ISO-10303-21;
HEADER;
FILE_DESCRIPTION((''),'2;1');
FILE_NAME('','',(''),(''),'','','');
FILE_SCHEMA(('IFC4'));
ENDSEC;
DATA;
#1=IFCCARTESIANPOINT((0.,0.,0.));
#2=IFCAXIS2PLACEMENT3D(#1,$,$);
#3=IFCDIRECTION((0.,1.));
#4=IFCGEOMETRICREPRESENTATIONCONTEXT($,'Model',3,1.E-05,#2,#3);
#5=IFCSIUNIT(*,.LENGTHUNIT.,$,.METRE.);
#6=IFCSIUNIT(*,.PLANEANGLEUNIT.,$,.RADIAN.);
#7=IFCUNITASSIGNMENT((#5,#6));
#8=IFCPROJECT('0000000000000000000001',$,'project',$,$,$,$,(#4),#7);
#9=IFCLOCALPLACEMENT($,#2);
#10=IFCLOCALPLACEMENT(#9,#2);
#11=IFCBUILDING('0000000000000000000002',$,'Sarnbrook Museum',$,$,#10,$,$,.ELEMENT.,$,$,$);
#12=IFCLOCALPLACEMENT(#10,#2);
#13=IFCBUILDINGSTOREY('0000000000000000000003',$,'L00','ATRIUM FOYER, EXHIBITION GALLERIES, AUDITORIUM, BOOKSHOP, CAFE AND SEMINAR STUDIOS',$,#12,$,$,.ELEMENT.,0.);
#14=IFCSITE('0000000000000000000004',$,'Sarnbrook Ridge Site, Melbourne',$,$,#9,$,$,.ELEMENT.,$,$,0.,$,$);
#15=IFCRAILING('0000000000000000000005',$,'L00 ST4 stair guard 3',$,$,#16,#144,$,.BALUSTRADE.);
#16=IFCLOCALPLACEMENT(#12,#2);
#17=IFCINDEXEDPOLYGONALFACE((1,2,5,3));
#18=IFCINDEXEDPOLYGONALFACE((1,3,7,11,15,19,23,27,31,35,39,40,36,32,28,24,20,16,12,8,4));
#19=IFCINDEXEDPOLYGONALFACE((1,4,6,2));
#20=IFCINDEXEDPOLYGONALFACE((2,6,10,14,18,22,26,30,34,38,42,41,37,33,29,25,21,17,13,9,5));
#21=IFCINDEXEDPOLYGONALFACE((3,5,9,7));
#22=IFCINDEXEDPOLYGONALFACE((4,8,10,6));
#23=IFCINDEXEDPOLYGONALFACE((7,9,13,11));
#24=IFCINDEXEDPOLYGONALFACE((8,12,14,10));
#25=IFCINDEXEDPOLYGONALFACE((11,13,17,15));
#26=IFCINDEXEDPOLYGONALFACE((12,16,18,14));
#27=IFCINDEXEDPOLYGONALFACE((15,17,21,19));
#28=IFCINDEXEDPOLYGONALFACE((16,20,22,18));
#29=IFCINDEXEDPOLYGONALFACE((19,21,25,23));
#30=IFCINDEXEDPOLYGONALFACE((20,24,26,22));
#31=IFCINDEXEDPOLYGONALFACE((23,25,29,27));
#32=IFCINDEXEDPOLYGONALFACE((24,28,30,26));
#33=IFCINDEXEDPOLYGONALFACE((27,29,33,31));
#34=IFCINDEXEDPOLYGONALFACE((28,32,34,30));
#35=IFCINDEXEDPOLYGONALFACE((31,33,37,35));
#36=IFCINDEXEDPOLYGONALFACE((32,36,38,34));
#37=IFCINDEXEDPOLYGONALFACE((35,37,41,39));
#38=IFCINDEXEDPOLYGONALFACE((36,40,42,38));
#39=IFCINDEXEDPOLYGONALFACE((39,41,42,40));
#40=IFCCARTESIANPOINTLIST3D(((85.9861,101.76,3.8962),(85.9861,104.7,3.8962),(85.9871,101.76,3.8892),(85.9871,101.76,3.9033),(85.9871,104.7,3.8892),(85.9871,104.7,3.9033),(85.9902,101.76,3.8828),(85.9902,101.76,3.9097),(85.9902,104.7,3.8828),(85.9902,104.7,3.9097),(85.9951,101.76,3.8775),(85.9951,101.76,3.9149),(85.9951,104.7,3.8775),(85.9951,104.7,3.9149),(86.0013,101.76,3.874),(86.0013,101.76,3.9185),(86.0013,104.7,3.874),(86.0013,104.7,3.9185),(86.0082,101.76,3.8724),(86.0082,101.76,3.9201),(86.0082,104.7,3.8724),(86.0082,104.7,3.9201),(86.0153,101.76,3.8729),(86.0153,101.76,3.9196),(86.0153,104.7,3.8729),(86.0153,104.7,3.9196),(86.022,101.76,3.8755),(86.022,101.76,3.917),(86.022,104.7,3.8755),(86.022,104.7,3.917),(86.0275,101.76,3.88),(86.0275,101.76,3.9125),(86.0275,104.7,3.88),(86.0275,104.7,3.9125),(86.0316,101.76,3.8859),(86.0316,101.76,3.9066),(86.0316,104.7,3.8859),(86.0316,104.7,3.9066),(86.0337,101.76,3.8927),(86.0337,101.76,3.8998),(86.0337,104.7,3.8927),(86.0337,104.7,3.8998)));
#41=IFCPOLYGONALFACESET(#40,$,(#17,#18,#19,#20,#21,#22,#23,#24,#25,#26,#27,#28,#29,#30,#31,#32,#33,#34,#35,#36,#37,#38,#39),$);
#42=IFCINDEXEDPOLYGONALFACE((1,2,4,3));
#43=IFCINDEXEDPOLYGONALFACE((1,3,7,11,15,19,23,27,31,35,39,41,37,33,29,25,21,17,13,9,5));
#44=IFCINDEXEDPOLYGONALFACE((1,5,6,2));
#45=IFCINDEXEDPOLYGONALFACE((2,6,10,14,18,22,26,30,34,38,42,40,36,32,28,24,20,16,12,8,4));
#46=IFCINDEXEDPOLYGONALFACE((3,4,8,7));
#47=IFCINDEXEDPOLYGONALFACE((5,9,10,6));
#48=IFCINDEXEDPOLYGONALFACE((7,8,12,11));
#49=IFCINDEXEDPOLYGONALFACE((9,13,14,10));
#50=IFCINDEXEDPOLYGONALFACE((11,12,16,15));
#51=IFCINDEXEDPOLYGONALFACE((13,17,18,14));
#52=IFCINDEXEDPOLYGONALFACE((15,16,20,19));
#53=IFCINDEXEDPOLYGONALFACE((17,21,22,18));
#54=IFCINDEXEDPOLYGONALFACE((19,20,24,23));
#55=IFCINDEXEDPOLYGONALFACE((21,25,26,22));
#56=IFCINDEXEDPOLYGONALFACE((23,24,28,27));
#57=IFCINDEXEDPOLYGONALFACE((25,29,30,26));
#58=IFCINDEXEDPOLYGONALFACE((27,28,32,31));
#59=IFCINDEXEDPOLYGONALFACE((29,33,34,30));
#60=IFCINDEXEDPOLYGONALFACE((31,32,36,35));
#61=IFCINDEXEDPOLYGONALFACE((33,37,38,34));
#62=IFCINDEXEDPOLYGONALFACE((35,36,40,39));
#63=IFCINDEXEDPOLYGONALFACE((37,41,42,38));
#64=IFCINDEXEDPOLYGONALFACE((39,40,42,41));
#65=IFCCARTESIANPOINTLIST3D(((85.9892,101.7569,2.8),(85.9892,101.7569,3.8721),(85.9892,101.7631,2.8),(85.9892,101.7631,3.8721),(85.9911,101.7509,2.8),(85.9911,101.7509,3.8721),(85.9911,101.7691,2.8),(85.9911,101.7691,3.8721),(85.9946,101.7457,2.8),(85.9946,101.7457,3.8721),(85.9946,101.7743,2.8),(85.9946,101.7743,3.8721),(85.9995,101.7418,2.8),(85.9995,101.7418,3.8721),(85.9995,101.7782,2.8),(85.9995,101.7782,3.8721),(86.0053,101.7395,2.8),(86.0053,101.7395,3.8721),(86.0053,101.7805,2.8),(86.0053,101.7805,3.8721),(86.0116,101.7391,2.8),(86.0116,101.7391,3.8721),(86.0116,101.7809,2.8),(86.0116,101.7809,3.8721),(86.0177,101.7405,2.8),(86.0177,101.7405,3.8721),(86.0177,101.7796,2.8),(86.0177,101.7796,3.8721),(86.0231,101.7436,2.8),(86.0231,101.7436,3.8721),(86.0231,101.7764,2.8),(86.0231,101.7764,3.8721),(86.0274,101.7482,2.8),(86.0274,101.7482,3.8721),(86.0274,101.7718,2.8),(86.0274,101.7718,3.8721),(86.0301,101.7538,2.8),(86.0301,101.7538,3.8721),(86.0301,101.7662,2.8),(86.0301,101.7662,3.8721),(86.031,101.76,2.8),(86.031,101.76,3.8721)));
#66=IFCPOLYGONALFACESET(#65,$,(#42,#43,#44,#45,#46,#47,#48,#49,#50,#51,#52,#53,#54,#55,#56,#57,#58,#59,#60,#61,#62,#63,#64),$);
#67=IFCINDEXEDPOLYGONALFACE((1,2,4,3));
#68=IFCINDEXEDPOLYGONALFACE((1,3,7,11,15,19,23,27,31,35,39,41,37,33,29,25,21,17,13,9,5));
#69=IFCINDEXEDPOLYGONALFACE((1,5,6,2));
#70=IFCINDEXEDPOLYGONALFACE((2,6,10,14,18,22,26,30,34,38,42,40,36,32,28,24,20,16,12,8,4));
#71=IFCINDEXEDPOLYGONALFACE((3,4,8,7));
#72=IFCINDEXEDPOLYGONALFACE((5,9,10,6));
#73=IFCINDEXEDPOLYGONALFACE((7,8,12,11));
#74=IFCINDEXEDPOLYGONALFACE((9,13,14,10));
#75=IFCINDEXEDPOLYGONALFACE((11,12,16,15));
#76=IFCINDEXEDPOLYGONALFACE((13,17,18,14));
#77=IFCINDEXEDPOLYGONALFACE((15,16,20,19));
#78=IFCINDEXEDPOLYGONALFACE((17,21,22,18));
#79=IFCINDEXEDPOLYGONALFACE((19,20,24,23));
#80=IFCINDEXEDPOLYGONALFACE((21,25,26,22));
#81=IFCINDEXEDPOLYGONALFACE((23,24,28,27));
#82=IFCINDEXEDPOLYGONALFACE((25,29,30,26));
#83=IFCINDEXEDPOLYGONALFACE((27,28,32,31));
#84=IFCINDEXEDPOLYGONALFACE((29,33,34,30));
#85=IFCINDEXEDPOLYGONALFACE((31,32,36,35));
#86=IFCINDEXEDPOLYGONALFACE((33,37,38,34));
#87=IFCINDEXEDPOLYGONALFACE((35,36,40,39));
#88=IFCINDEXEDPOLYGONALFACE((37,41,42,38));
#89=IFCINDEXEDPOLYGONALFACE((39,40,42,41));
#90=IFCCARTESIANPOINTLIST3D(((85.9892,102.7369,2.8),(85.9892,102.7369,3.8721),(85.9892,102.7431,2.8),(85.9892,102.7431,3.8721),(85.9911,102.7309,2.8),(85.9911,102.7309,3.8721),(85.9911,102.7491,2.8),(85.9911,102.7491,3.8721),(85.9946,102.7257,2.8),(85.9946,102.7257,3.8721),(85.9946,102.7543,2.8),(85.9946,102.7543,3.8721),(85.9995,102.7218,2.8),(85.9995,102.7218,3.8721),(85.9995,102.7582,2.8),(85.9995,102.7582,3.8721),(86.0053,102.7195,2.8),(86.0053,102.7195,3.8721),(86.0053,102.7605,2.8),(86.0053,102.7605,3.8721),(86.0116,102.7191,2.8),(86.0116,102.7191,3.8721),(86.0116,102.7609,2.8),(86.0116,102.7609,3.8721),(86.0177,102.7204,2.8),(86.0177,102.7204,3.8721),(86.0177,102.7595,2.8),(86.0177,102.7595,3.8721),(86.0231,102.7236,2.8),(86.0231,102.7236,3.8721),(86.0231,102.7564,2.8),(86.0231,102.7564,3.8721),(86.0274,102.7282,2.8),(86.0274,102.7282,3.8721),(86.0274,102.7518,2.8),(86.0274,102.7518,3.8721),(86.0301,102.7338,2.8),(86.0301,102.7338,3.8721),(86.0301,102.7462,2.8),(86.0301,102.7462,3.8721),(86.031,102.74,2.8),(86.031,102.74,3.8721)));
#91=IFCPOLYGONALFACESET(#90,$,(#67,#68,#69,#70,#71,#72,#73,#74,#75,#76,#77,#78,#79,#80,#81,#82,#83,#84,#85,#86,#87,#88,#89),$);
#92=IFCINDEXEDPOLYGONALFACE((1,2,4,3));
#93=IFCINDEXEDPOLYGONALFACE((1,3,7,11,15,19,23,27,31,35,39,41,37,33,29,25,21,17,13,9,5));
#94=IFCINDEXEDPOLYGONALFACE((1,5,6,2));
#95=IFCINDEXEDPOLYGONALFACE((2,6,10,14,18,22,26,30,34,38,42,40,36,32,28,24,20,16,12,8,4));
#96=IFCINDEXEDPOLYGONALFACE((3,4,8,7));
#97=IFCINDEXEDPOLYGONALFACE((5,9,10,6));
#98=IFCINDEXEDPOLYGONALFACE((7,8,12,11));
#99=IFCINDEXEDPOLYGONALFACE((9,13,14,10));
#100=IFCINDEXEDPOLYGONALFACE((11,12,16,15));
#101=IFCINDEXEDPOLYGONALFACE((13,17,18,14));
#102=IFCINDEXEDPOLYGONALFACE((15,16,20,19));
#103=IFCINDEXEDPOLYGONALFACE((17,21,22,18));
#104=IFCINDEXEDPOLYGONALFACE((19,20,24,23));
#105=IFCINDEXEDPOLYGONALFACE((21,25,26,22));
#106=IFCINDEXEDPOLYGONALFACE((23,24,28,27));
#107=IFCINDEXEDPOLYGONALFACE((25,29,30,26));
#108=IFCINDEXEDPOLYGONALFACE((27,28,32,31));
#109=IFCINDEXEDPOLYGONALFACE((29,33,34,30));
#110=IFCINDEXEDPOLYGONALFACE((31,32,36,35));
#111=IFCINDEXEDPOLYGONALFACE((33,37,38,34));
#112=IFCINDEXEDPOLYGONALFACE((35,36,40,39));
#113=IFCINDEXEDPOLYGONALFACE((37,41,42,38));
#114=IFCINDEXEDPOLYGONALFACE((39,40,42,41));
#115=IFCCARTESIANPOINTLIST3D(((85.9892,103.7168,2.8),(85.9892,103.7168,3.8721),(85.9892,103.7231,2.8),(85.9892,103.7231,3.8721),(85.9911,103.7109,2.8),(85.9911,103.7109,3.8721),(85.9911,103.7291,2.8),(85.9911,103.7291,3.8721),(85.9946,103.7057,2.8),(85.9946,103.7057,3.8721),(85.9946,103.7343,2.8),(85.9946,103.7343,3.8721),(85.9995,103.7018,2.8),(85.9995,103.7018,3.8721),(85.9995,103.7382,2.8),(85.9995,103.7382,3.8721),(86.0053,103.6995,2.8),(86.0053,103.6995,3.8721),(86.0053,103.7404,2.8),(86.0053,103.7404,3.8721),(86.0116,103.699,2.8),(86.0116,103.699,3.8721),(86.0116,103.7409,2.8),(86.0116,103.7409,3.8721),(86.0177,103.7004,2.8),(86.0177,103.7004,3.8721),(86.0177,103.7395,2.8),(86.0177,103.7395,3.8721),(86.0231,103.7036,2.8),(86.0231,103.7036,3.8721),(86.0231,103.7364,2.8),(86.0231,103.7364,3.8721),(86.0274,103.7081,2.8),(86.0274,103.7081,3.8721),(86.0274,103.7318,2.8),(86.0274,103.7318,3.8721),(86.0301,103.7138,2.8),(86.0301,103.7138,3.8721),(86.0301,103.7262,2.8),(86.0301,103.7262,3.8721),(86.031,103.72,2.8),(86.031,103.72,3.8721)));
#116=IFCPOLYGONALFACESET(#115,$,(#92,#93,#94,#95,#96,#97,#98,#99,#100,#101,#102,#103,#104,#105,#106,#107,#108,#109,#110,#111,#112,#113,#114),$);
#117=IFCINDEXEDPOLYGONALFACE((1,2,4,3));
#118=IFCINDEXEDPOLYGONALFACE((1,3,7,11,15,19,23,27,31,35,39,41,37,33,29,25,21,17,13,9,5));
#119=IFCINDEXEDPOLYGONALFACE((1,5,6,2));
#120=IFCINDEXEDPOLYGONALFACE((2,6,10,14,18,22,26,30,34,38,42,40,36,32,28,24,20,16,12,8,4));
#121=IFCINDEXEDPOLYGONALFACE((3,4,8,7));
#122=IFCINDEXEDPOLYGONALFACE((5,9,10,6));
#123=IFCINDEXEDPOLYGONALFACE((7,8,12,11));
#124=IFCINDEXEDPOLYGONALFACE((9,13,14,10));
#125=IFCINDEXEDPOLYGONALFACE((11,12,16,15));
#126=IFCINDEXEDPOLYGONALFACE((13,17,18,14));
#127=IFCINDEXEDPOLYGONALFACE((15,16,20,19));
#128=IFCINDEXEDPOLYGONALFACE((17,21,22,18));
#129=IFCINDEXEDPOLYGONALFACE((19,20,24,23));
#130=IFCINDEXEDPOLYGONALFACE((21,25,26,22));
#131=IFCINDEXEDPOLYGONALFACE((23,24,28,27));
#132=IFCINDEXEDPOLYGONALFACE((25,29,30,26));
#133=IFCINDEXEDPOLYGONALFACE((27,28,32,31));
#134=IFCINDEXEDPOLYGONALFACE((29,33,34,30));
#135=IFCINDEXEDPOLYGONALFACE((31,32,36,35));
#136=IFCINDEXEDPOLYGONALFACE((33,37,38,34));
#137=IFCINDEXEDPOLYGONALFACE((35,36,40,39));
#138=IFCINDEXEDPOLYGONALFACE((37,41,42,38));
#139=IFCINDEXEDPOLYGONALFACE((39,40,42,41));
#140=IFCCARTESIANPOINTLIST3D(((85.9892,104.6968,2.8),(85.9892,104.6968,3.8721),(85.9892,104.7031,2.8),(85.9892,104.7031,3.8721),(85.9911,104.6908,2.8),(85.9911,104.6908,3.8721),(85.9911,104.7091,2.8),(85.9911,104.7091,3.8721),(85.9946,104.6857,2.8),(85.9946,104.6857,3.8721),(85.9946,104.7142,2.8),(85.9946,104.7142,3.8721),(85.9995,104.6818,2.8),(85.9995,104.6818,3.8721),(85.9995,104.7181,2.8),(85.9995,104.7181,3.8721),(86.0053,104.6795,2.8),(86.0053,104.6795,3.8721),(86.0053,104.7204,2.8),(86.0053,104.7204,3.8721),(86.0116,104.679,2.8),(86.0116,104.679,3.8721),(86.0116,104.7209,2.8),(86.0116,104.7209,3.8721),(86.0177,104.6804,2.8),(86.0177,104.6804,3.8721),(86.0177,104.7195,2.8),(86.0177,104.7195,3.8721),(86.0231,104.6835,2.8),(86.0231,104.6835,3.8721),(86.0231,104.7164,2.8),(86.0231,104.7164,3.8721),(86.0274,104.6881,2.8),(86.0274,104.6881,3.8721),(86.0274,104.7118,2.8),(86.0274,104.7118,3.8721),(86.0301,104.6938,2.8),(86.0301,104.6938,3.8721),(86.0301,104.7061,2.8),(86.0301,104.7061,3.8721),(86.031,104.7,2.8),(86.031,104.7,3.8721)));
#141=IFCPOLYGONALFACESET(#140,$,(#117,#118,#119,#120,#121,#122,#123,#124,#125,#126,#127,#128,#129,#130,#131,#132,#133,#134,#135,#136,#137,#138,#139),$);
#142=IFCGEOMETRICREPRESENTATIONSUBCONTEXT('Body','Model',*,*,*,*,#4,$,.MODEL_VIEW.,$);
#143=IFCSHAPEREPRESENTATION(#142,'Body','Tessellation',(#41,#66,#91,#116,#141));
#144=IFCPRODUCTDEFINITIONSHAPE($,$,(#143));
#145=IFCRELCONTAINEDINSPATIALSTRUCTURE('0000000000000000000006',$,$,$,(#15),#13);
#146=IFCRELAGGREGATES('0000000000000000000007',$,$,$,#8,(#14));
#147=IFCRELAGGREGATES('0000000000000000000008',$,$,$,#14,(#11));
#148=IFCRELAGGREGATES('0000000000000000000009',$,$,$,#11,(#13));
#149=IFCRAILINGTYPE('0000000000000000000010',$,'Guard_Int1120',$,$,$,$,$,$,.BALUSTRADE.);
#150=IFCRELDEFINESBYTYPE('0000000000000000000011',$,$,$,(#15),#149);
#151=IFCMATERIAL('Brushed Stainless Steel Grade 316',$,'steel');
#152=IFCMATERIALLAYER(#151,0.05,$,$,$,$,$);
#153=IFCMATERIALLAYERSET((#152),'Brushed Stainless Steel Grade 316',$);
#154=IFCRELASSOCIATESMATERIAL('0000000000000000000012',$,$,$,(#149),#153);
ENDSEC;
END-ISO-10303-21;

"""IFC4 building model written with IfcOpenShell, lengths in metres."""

from ifc_helpers import new_model, si_unit, direction, frame, origin, origin_2d, place, context, subcontext, project, spatial, circle, extrude, material, layer, layer_set, type_object, element, save


model = new_model("IFC4")

# Units and contexts
model_context = context("Model", 3, precision=1e-05, world=origin(), true_north=direction((0.0, 1.0)))
body_context = subcontext(model_context, "Body", "Model", "MODEL_VIEW")
ifc_project = project(units=[si_unit("LENGTHUNIT", "METRE"), si_unit("PLANEANGLEUNIT", "RADIAN")], contexts=[model_context])

# Site, building, storey
site_placement = place(None, origin())
site = spatial("IfcSite", under=ifc_project, at=site_placement, Name="Sarnbrook Ridge Site, Melbourne", CompositionType="ELEMENT", RefElevation=0.0)
building_placement = place(site_placement, origin())
building = spatial("IfcBuilding", under=site, at=building_placement, Name="Sarnbrook Museum", CompositionType="ELEMENT")
storey_placement = place(building_placement, origin())
storey = spatial("IfcBuildingStorey", under=building, at=storey_placement, Name="L00", Description="ATRIUM FOYER, EXHIBITION GALLERIES, AUDITORIUM, BOOKSHOP, CAFE AND SEMINAR STUDIOS", CompositionType="ELEMENT", Elevation=0.0)

# Shared definitions
ifc_material_1 = material(Name="Brushed Stainless Steel Grade 316", Category="steel")

# Railing
ifc_layer_1 = layer(ifc_material_1, 0.05)
ifc_layer_set_1 = layer_set([ifc_layer_1], Name="Brushed Stainless Steel Grade 316")
railing_type_1 = type_object("IfcRailingType", Name="Guard_Int1120", PredefinedType="BALUSTRADE", material=ifc_layer_set_1)
for number, where, name in (
    (1, (86.01, 101.76, 2.8), "L00 ST4 stair guard 3"),
):
    element("IfcRailing", number, at=place(storey_placement, frame(where)), inside=storey, type_object=railing_type_1, Name=name, PredefinedType="BALUSTRADE", context=body_context, shape_type="SweptSolid", body=[
        extrude(circle(Radius=0.0239, at=origin_2d()), frame((0.0, 0.0, 1.0962), z_axis=(0.0, 1.0, 0.0), x_axis=(-1.0, 0.0, 0.0)), (0.0, 0.0, 1.0), 2.9399),
        extrude(circle(Radius=0.021, at=origin_2d()), origin(), (0.0, 0.0, 1.0), 1.072),
        extrude(circle(Radius=0.021, at=origin_2d()), frame((0.0, 0.98, 0.0)), (0.0, 0.0, 1.0), 1.072),
        extrude(circle(Radius=0.021, at=origin_2d()), frame((0.0, 1.96, 0.0)), (0.0, 0.0, 1.0), 1.072),
        extrude(circle(Radius=0.021, at=origin_2d()), frame((0.0, 2.9399, 0.0)), (0.0, 0.0, 1.0), 1.072),
    ])

save(model, "model.ifc")
